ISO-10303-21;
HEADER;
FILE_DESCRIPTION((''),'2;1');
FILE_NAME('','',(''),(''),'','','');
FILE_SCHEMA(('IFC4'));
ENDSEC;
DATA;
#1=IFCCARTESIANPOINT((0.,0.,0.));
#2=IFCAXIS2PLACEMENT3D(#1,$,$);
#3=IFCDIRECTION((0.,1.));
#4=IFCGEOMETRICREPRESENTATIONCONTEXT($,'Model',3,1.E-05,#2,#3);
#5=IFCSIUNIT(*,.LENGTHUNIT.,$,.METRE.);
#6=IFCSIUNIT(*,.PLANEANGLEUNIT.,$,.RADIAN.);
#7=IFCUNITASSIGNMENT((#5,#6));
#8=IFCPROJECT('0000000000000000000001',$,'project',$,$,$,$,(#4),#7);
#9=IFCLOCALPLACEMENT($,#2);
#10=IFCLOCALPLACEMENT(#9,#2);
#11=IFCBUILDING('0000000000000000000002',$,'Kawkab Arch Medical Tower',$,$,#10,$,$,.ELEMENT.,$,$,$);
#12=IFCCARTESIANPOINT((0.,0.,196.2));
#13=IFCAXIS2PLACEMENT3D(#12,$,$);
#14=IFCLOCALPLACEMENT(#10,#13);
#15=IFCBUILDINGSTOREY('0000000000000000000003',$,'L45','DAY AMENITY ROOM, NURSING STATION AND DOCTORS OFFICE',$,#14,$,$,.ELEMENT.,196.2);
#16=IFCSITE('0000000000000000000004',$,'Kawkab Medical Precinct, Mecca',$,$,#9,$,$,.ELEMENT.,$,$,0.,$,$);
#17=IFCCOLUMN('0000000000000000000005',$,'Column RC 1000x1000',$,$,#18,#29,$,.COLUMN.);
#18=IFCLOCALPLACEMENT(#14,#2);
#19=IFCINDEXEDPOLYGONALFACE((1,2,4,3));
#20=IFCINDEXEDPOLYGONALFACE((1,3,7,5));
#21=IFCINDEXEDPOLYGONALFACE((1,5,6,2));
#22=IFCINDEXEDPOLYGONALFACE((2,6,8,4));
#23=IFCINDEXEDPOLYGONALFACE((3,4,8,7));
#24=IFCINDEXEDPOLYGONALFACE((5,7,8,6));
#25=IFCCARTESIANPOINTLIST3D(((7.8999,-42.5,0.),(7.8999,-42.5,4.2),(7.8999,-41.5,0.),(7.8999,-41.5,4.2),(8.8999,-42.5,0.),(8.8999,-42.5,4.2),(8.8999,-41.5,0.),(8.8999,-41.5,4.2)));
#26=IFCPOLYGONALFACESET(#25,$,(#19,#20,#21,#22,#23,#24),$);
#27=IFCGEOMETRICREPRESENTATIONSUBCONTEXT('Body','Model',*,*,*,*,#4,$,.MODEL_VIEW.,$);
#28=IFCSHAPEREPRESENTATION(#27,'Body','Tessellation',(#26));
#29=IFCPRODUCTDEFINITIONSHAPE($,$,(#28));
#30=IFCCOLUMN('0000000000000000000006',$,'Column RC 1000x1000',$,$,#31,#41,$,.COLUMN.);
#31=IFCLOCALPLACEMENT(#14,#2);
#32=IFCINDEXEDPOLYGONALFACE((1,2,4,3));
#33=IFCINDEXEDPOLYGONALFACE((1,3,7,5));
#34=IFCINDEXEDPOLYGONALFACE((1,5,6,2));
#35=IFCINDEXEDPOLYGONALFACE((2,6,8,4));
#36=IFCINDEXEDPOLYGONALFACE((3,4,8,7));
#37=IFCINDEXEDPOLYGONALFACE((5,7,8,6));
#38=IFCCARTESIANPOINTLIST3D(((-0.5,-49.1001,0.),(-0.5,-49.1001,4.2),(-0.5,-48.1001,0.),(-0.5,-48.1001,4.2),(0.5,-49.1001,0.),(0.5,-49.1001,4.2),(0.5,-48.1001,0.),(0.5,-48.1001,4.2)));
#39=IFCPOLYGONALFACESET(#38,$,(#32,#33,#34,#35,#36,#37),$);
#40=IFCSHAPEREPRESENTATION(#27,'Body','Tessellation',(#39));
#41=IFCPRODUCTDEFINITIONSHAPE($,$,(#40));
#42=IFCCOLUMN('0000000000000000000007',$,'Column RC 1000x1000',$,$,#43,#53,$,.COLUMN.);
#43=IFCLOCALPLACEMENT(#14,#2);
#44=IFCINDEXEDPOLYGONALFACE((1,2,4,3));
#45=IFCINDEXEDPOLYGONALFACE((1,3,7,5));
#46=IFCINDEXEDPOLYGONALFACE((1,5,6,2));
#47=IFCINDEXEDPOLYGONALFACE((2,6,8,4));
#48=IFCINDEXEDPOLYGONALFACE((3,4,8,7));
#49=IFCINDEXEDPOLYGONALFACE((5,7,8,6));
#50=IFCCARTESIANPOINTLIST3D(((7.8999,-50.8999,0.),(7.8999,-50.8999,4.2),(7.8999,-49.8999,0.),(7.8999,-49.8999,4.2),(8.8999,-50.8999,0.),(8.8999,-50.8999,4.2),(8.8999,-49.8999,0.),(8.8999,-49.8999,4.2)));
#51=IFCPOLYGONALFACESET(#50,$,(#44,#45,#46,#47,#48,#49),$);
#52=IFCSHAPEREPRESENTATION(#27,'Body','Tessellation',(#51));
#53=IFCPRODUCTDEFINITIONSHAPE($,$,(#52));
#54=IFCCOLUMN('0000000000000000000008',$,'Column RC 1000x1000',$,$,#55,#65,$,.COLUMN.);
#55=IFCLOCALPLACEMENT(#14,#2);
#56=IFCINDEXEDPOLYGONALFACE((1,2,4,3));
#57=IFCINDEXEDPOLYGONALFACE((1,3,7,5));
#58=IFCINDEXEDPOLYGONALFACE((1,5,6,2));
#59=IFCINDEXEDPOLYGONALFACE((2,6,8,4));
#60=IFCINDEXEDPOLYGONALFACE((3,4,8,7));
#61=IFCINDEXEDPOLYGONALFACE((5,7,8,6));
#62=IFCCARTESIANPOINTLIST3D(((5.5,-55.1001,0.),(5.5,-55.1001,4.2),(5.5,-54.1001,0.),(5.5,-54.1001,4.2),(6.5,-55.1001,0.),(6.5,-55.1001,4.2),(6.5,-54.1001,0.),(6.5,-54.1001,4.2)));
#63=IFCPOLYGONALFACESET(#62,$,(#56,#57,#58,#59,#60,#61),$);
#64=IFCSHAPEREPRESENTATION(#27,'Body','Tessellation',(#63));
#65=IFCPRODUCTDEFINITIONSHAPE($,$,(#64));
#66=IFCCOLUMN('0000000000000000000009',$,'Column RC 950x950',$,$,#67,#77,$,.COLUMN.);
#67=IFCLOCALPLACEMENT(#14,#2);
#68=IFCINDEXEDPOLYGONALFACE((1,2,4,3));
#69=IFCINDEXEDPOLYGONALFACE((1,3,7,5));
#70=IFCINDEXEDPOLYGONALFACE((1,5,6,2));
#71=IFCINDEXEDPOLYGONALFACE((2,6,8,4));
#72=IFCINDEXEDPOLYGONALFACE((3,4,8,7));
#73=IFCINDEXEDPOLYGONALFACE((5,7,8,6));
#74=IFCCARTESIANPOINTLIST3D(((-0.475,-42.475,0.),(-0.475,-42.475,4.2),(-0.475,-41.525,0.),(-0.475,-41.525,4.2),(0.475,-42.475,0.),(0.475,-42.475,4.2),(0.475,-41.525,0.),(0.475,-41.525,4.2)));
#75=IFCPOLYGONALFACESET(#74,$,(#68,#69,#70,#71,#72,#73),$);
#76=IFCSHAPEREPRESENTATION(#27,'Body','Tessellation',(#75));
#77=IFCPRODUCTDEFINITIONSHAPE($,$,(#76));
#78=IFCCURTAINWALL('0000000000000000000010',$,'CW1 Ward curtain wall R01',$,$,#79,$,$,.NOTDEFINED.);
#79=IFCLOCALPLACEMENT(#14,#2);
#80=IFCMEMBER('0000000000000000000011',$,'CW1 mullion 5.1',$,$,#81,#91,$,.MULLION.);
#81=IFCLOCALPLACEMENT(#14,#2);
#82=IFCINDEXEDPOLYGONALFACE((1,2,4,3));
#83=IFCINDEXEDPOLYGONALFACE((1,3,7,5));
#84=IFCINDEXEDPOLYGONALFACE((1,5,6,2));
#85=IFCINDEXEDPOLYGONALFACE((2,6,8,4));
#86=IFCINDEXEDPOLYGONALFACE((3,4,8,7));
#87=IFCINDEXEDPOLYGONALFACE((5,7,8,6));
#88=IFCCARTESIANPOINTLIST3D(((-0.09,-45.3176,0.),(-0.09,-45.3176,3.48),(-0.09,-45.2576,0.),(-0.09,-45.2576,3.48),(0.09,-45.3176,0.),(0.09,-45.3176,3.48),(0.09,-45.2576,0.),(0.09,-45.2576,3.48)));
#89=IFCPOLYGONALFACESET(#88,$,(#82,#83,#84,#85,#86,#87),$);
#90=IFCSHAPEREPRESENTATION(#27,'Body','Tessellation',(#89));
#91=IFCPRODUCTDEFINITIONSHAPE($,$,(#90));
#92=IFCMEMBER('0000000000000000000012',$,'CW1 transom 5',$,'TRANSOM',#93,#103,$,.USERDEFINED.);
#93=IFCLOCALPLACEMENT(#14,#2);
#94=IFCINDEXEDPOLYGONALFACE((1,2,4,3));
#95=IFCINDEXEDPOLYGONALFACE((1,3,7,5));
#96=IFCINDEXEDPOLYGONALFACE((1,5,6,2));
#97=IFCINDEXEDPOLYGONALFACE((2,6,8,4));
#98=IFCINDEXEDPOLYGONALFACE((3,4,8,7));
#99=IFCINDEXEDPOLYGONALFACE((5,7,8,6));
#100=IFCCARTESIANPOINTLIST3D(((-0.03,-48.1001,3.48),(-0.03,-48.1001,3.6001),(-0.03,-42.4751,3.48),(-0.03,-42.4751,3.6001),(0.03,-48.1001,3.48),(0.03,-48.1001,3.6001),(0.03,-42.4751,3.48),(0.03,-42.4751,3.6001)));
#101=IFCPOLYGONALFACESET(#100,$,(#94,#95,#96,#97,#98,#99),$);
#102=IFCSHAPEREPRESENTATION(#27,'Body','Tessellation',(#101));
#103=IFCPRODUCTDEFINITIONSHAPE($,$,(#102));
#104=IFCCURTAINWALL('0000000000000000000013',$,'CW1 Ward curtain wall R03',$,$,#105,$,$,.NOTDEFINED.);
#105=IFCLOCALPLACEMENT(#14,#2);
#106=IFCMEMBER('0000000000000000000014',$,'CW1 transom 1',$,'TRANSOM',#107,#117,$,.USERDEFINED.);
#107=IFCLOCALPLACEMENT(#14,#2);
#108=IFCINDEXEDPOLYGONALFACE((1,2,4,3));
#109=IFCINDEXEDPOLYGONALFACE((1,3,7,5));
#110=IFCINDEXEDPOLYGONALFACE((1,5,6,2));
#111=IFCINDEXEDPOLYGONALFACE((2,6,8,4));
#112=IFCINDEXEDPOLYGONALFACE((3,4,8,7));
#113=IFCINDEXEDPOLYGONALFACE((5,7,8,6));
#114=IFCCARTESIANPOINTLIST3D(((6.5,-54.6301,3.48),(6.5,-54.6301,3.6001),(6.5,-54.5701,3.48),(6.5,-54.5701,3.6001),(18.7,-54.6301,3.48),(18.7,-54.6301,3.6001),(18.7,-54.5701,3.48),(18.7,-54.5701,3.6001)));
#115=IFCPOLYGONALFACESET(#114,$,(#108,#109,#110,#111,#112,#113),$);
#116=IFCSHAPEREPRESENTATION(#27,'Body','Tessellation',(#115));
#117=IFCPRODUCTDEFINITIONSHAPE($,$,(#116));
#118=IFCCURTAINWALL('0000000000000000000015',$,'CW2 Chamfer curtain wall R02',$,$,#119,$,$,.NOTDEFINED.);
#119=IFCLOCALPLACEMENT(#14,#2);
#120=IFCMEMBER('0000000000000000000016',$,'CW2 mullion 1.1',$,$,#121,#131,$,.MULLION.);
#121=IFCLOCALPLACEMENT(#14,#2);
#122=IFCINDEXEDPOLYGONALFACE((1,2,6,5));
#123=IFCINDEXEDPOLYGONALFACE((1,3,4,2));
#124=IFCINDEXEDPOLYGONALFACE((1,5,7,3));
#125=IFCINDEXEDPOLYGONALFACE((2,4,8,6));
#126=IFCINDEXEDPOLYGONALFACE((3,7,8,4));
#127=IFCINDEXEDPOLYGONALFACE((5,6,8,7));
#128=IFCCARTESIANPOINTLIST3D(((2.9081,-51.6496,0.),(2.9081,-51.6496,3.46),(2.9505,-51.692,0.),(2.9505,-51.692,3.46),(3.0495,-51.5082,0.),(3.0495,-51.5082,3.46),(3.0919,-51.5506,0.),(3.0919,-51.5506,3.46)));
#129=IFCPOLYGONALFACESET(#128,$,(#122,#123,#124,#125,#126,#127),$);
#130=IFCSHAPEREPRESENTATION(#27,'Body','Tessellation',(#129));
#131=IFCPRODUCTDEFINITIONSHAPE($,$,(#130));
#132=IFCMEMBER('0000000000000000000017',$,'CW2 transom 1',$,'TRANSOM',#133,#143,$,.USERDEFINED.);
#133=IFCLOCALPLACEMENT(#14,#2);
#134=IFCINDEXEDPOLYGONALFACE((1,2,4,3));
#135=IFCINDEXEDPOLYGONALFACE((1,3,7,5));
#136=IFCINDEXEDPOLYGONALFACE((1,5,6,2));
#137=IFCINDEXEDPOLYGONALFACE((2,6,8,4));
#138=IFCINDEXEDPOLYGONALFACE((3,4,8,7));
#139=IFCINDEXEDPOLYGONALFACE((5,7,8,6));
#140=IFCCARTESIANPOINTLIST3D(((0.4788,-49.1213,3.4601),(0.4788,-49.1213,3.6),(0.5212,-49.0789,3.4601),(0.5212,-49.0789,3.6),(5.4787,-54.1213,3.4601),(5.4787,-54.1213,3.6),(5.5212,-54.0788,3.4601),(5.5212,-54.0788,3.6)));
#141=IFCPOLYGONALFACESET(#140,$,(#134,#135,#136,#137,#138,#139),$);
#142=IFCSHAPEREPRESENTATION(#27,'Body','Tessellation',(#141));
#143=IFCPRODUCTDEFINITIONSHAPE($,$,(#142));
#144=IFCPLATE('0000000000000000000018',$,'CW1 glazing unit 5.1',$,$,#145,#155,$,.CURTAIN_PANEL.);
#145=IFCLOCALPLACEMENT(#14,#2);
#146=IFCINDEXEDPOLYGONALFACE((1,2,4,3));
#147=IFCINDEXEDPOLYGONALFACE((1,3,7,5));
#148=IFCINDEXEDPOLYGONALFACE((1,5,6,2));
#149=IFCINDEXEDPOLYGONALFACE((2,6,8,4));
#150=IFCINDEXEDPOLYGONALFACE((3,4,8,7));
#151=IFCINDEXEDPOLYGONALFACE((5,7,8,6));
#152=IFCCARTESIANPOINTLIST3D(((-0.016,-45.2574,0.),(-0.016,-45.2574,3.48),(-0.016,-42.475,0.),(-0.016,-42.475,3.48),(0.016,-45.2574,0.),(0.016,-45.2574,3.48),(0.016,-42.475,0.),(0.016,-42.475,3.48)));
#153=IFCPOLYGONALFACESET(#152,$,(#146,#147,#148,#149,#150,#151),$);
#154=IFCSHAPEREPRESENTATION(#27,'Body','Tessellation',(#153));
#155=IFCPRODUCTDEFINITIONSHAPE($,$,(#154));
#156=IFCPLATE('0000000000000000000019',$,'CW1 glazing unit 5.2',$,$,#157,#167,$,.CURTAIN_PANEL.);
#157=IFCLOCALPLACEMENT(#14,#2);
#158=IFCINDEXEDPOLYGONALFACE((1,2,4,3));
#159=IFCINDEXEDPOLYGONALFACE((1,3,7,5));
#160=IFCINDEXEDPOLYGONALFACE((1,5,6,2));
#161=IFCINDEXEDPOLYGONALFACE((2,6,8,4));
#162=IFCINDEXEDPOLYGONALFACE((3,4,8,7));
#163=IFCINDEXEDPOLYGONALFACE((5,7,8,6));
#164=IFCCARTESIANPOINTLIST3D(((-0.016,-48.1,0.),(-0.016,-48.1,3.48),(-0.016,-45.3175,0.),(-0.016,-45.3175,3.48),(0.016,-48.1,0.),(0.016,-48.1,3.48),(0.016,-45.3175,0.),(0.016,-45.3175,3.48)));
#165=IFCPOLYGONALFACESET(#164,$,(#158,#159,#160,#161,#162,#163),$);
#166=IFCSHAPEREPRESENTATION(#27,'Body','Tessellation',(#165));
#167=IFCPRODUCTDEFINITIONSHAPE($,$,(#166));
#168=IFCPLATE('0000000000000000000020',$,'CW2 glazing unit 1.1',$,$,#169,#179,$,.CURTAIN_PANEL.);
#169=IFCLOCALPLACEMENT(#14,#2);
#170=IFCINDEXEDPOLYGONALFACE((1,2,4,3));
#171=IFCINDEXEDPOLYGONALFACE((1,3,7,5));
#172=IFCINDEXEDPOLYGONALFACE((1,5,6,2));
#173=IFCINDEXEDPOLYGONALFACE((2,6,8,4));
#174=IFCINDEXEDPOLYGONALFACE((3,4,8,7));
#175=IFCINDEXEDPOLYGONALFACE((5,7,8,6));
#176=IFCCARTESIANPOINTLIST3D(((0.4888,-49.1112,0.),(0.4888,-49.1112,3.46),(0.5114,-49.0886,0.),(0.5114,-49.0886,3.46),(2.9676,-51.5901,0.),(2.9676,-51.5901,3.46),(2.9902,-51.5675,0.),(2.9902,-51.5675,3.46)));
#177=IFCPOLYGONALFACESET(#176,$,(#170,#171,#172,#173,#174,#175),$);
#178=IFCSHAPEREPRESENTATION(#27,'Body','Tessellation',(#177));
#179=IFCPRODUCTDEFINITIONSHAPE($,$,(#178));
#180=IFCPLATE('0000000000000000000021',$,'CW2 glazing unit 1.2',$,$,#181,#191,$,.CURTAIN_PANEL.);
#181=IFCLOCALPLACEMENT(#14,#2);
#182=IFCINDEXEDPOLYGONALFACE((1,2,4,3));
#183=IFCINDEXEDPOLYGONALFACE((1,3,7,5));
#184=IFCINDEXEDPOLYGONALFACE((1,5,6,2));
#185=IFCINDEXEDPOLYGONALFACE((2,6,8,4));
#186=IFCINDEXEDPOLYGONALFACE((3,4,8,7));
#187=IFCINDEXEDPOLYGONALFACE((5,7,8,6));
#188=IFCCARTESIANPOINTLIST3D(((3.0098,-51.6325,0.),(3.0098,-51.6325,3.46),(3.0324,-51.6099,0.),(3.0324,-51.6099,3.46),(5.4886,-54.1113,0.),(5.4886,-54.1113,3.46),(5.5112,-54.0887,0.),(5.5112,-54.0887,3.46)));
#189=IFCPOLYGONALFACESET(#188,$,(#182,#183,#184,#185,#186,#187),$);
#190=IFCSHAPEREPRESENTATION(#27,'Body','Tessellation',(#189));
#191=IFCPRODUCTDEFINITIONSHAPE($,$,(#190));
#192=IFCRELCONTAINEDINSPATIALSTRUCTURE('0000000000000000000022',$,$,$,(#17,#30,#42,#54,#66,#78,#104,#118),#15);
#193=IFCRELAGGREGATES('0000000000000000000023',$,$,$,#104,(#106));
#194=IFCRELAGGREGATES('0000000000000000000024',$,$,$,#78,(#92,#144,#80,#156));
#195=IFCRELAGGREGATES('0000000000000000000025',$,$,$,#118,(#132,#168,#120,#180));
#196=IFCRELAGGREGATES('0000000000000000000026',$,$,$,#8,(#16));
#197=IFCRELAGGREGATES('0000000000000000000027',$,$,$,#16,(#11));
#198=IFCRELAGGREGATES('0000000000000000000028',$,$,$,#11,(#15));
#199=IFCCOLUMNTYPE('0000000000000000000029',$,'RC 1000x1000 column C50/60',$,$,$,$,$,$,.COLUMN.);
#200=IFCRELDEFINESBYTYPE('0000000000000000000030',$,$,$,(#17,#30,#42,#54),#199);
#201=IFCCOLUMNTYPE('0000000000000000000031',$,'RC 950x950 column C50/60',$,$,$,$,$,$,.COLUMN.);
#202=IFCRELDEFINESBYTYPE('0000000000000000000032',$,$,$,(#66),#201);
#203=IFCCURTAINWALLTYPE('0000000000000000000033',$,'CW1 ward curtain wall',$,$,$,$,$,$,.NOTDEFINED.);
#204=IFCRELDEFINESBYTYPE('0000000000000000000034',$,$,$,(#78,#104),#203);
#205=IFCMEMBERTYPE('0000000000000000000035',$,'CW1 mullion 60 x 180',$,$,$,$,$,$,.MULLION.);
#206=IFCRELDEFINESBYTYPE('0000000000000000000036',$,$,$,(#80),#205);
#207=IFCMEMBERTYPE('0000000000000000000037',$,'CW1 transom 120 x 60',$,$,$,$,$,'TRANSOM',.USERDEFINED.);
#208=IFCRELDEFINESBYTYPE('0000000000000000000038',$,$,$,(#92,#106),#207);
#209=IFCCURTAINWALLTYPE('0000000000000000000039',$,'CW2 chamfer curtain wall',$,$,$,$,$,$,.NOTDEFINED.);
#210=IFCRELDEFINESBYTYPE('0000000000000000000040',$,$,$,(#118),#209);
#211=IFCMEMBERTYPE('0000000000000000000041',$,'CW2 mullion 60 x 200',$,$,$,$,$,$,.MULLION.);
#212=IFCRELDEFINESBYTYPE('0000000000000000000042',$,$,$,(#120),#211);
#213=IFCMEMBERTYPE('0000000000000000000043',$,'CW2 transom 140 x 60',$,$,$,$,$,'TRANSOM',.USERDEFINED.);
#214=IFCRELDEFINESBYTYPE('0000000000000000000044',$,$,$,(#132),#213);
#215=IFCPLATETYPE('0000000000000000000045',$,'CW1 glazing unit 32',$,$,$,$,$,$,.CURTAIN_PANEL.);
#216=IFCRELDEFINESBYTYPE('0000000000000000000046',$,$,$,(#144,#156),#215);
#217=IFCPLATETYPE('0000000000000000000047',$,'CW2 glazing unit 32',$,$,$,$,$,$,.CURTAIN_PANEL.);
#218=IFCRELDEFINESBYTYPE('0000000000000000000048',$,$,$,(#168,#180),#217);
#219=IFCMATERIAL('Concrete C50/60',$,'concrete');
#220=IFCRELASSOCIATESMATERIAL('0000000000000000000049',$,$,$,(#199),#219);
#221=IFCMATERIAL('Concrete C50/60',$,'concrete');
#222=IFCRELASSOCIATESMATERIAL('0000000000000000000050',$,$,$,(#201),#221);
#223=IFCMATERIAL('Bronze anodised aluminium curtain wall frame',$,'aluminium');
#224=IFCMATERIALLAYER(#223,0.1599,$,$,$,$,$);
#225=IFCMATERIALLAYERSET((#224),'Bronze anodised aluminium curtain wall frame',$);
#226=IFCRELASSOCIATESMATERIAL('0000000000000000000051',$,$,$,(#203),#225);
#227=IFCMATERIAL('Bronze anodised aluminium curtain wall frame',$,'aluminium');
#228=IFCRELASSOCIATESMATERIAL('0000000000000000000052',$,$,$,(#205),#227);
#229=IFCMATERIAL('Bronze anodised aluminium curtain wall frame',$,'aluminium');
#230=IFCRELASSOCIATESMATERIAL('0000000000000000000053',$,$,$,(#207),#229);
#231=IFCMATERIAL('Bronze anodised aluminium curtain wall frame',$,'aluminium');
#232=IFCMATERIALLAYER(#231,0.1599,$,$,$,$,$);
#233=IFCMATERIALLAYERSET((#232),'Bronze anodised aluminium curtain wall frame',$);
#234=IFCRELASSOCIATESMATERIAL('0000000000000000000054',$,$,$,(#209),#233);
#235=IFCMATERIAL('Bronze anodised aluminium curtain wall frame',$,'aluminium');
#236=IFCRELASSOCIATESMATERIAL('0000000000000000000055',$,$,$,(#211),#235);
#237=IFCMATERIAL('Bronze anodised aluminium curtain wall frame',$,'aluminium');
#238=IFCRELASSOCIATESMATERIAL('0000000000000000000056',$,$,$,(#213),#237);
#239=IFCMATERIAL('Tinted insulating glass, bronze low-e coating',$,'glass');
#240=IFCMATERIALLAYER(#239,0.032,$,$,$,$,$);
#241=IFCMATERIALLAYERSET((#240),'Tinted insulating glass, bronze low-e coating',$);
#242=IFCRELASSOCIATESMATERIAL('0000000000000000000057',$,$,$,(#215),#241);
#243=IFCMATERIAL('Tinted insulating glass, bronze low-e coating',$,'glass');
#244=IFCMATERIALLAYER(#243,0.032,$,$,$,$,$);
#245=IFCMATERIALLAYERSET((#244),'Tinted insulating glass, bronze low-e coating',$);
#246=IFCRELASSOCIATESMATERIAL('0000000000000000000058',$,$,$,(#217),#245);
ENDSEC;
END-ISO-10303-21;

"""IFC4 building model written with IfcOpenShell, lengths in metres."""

from ifc_helpers import new_model, si_unit, direction, frame, origin, origin_2d, place, context, subcontext, project, spatial, rectangle, extrude, material, layer, layer_set, material_profile, profile_set, type_object, element, aggregate, save


model = new_model("IFC4")

# Units and contexts
model_context = context("Model", 3, precision=1e-05, world=origin(), true_north=direction((0.0, 1.0)))
body_context = subcontext(model_context, "Body", "Model", "MODEL_VIEW")
ifc_project = project(units=[si_unit("LENGTHUNIT", "METRE"), si_unit("PLANEANGLEUNIT", "RADIAN")], contexts=[model_context])

# Site, building, storey
site_placement = place(None, origin())
site = spatial("IfcSite", under=ifc_project, at=site_placement, Name="Kawkab Medical Precinct, Mecca", CompositionType="ELEMENT", RefElevation=0.0)
building_placement = place(site_placement, origin())
building = spatial("IfcBuilding", under=site, at=building_placement, Name="Kawkab Arch Medical Tower", CompositionType="ELEMENT")
storey_placement = place(building_placement, frame((0.0, 0.0, 196.2)))
storey = spatial("IfcBuildingStorey", under=building, at=storey_placement, Name="L45", Description="DAY AMENITY ROOM, NURSING STATION AND DOCTORS OFFICE", CompositionType="ELEMENT", Elevation=196.2)

# Columns
ifc_material_1 = material(Name="Concrete C50/60", Category="concrete")
ifc_material_profile_1 = material_profile(ifc_material_1, rectangle(XDim=1.0, YDim=1.0, at=origin_2d()), Name="RC 1000x1000")
ifc_profile_set_1 = profile_set([ifc_material_profile_1], Name="Concrete C50/60")
column_type_1 = type_object("IfcColumnType", Name="RC 1000x1000 column C50/60", PredefinedType="COLUMN", material=ifc_profile_set_1)
for number, where, z_axis, x_axis, name in (
    (1, (8.3999, -42.0, 0.0), (0.0, 0.0, 1.0), (1.0, 0.0, 0.0), "Column RC 1000x1000"),
    (2, (0.0, -48.6001, 0.0), (0.0, 0.0, 1.0), (1.0, 0.0, 0.0), "Column RC 1000x1000"),
    (3, (8.3999, -50.3999, 0.0), (0.0, 0.0, 1.0), (1.0, 0.0, 0.0), "Column RC 1000x1000"),
    (4, (6.0, -54.6001, 0.0), (0.0, 0.0, 1.0), (1.0, 0.0, 0.0), "Column RC 1000x1000"),
):
    element("IfcColumn", number, at=place(storey_placement, frame(where, z_axis=z_axis, x_axis=x_axis)), inside=storey, type_object=column_type_1, Name=name, PredefinedType="COLUMN", context=body_context, shape_type="SweptSolid", body=[
        extrude(rectangle(XDim=1.0, YDim=1.0, at=origin_2d()), origin(), (0.0, 0.0, 1.0), 4.2),
    ])
ifc_material_2 = material(Name="Concrete C50/60", Category="concrete")
ifc_material_profile_2 = material_profile(ifc_material_2, rectangle(XDim=0.95, YDim=0.95, at=origin_2d()), Name="RC 950x950")
ifc_profile_set_2 = profile_set([ifc_material_profile_2], Name="Concrete C50/60")
column_type_2 = type_object("IfcColumnType", Name="RC 950x950 column C50/60", PredefinedType="COLUMN", material=ifc_profile_set_2)
column_placement = place(storey_placement, frame((0.0, -42.0, 0.0), z_axis=(0.0, 0.0, 1.0), x_axis=(1.0, 0.0, 0.0)))
element("IfcColumn", 5, at=column_placement, inside=storey, type_object=column_type_2, Name="Column RC 950x950", PredefinedType="COLUMN", context=body_context, shape_type="SweptSolid", body=[
    extrude(rectangle(XDim=0.95, YDim=0.95, at=origin_2d()), origin(), (0.0, 0.0, 1.0), 4.2),
])

# Curtain wall, members
ifc_material_3 = material(Name="Bronze anodised aluminium curtain wall frame", Category="aluminium")
ifc_layer_1 = layer(ifc_material_3, 0.1599)
ifc_layer_set_1 = layer_set([ifc_layer_1], Name="Bronze anodised aluminium curtain wall frame")
curtain_wall_type_1 = type_object("IfcCurtainWallType", Name="CW1 ward curtain wall", PredefinedType="NOTDEFINED", material=ifc_layer_set_1)
placement = place(storey_placement, origin())
curtain_wall_1 = element("IfcCurtainWall", 6, at=placement, inside=storey, type_object=curtain_wall_type_1, Name="CW1 Ward curtain wall R01", PredefinedType="NOTDEFINED")
ifc_material_4 = material(Name="Bronze anodised aluminium curtain wall frame", Category="aluminium")
ifc_material_profile_3 = material_profile(ifc_material_4, rectangle(XDim=0.1799, YDim=0.0601, at=origin_2d()), Name="AL 60x180")
ifc_profile_set_3 = profile_set([ifc_material_profile_3], Name="Bronze anodised aluminium curtain wall frame")
member_type_1 = type_object("IfcMemberType", Name="CW1 mullion 60 x 180", PredefinedType="MULLION", material=ifc_profile_set_3)
member_1_placement = place(storey_placement, frame((0.0, -45.2876, 0.0), z_axis=(0.0, 0.0, 1.0), x_axis=(1.0, 0.0, 0.0)))
member_1 = element("IfcMember", 7, at=member_1_placement, type_object=member_type_1, Name="CW1 mullion 5.1", PredefinedType="MULLION", context=body_context, shape_type="SweptSolid", body=[
    extrude(rectangle(XDim=0.1799, YDim=0.0601, at=origin_2d()), origin(), (0.0, 0.0, 1.0), 3.48),
])
ifc_material_5 = material(Name="Bronze anodised aluminium curtain wall frame", Category="aluminium")
ifc_material_profile_4 = material_profile(ifc_material_5, rectangle(XDim=0.0601, YDim=0.1201, at=origin_2d()), Name="AL 60x120")
ifc_profile_set_4 = profile_set([ifc_material_profile_4], Name="Bronze anodised aluminium curtain wall frame")
member_type_2 = type_object("IfcMemberType", Name="CW1 transom 120 x 60", ElementType="TRANSOM", PredefinedType="USERDEFINED", material=ifc_profile_set_4)
member_2_placement = place(storey_placement, frame((0.0, -42.4751, 3.54), z_axis=(0.0, -1.0, 0.0), x_axis=(1.0, 0.0, 0.0)))
member_2 = element("IfcMember", 8, at=member_2_placement, type_object=member_type_2, Name="CW1 transom 5", ObjectType="TRANSOM", PredefinedType="USERDEFINED", context=body_context, shape_type="SweptSolid", body=[
    extrude(rectangle(XDim=0.0601, YDim=0.1201, at=origin_2d()), origin(), (0.0, 0.0, 1.0), 5.625),
])

# Curtain wall, member
curtain_wall_2 = element("IfcCurtainWall", 9, at=placement, inside=storey, type_object=curtain_wall_type_1, Name="CW1 Ward curtain wall R03", PredefinedType="NOTDEFINED")
member_3_placement = place(storey_placement, frame((6.5, -54.6001, 3.54), z_axis=(1.0, 0.0, 0.0), x_axis=(0.0, 1.0, 0.0)))
member_3 = element("IfcMember", 10, at=member_3_placement, type_object=member_type_2, Name="CW1 transom 1", ObjectType="TRANSOM", PredefinedType="USERDEFINED", context=body_context, shape_type="SweptSolid", body=[
    extrude(rectangle(XDim=0.0601, YDim=0.1201, at=origin_2d()), origin(), (0.0, 0.0, 1.0), 12.2),
])
aggregate(curtain_wall_2, [member_3])

# Curtain wall, members
ifc_material_6 = material(Name="Bronze anodised aluminium curtain wall frame", Category="aluminium")
ifc_layer_2 = layer(ifc_material_6, 0.1599)
ifc_layer_set_2 = layer_set([ifc_layer_2], Name="Bronze anodised aluminium curtain wall frame")
curtain_wall_type_2 = type_object("IfcCurtainWallType", Name="CW2 chamfer curtain wall", PredefinedType="NOTDEFINED", material=ifc_layer_set_2)
curtain_wall_3 = element("IfcCurtainWall", 11, at=placement, inside=storey, type_object=curtain_wall_type_2, Name="CW2 Chamfer curtain wall R02", PredefinedType="NOTDEFINED")
ifc_material_7 = material(Name="Bronze anodised aluminium curtain wall frame", Category="aluminium")
ifc_material_profile_5 = material_profile(ifc_material_7, rectangle(XDim=0.2, YDim=0.0601, at=origin_2d()), Name="AL 60x200")
ifc_profile_set_5 = profile_set([ifc_material_profile_5], Name="Bronze anodised aluminium curtain wall frame")
member_type_3 = type_object("IfcMemberType", Name="CW2 mullion 60 x 200", PredefinedType="MULLION", material=ifc_profile_set_5)
member_4_placement = place(storey_placement, frame((3.0, -51.6001, 0.0), z_axis=(0.0, 0.0, 1.0), x_axis=(0.707107, 0.707107, 0.0)))
member_4 = element("IfcMember", 12, at=member_4_placement, type_object=member_type_3, Name="CW2 mullion 1.1", PredefinedType="MULLION", context=body_context, shape_type="SweptSolid", body=[
    extrude(rectangle(XDim=0.2, YDim=0.0601, at=origin_2d()), origin(), (0.0, 0.0, 1.0), 3.46),
])
ifc_material_8 = material(Name="Bronze anodised aluminium curtain wall frame", Category="aluminium")
ifc_material_profile_6 = material_profile(ifc_material_8, rectangle(XDim=0.0601, YDim=0.1399, at=origin_2d()), Name="AL 60x140")
ifc_profile_set_6 = profile_set([ifc_material_profile_6], Name="Bronze anodised aluminium curtain wall frame")
member_type_4 = type_object("IfcMemberType", Name="CW2 transom 140 x 60", ElementType="TRANSOM", PredefinedType="USERDEFINED", material=ifc_profile_set_6)
member_5_placement = place(storey_placement, frame((0.5, -49.1001, 3.53), z_axis=(0.707107, -0.707107, 0.0), x_axis=(0.707107, 0.707107, 0.0)))
member_5 = element("IfcMember", 13, at=member_5_placement, type_object=member_type_4, Name="CW2 transom 1", ObjectType="TRANSOM", PredefinedType="USERDEFINED", context=body_context, shape_type="SweptSolid", body=[
    extrude(rectangle(XDim=0.0601, YDim=0.1399, at=origin_2d()), origin(), (0.0, 0.0, 1.0), 7.071),
])

# Plates
ifc_material_9 = material(Name="Tinted insulating glass, bronze low-e coating", Category="glass")
ifc_layer_3 = layer(ifc_material_9, 0.032)
ifc_layer_set_3 = layer_set([ifc_layer_3], Name="Tinted insulating glass, bronze low-e coating")
plate_type_1 = type_object("IfcPlateType", Name="CW1 glazing unit 32", PredefinedType="CURTAIN_PANEL", material=ifc_layer_set_3)
plate_1_placement = place(storey_placement, frame((0.0, -43.8662, 0.0), z_axis=(0.0, 0.0, 1.0), x_axis=(0.0, -1.0, 0.0)))
plate_1 = element("IfcPlate", 14, at=plate_1_placement, type_object=plate_type_1, Name="CW1 glazing unit 5.1", PredefinedType="CURTAIN_PANEL", context=body_context, shape_type="SweptSolid", body=[
    extrude(rectangle(XDim=2.7825, YDim=0.032, at=origin_2d()), origin(), (0.0, 0.0, 1.0), 3.48),
])
plate_2_placement = place(storey_placement, frame((0.0, -46.7087, 0.0), z_axis=(0.0, 0.0, 1.0), x_axis=(0.0, -1.0, 0.0)))
plate_2 = element("IfcPlate", 15, at=plate_2_placement, type_object=plate_type_1, Name="CW1 glazing unit 5.2", PredefinedType="CURTAIN_PANEL", context=body_context, shape_type="SweptSolid", body=[
    extrude(rectangle(XDim=2.7825, YDim=0.032, at=origin_2d()), origin(), (0.0, 0.0, 1.0), 3.48),
])
aggregate(curtain_wall_1, [member_2, plate_1, member_1, plate_2])
ifc_material_10 = material(Name="Tinted insulating glass, bronze low-e coating", Category="glass")
ifc_layer_4 = layer(ifc_material_10, 0.032)
ifc_layer_set_4 = layer_set([ifc_layer_4], Name="Tinted insulating glass, bronze low-e coating")
plate_type_2 = type_object("IfcPlateType", Name="CW2 glazing unit 32", PredefinedType="CURTAIN_PANEL", material=ifc_layer_set_4)
plate_3_placement = place(storey_placement, frame((1.7395, -50.3394, 0.0), z_axis=(0.0, 0.0, 1.0), x_axis=(0.707107, -0.707107, 0.0)))
plate_3 = element("IfcPlate", 16, at=plate_3_placement, type_object=plate_type_2, Name="CW2 glazing unit 1.1", PredefinedType="CURTAIN_PANEL", context=body_context, shape_type="SweptSolid", body=[
    extrude(rectangle(XDim=3.5056, YDim=0.032, at=origin_2d()), origin(), (0.0, 0.0, 1.0), 3.46),
])
plate_4_placement = place(storey_placement, frame((4.2605, -52.8606, 0.0), z_axis=(0.0, 0.0, 1.0), x_axis=(0.707107, -0.707107, 0.0)))
plate_4 = element("IfcPlate", 17, at=plate_4_placement, type_object=plate_type_2, Name="CW2 glazing unit 1.2", PredefinedType="CURTAIN_PANEL", context=body_context, shape_type="SweptSolid", body=[
    extrude(rectangle(XDim=3.5056, YDim=0.032, at=origin_2d()), origin(), (0.0, 0.0, 1.0), 3.46),
])
aggregate(curtain_wall_3, [member_5, plate_3, member_4, plate_4])

save(model, "model.ifc")
